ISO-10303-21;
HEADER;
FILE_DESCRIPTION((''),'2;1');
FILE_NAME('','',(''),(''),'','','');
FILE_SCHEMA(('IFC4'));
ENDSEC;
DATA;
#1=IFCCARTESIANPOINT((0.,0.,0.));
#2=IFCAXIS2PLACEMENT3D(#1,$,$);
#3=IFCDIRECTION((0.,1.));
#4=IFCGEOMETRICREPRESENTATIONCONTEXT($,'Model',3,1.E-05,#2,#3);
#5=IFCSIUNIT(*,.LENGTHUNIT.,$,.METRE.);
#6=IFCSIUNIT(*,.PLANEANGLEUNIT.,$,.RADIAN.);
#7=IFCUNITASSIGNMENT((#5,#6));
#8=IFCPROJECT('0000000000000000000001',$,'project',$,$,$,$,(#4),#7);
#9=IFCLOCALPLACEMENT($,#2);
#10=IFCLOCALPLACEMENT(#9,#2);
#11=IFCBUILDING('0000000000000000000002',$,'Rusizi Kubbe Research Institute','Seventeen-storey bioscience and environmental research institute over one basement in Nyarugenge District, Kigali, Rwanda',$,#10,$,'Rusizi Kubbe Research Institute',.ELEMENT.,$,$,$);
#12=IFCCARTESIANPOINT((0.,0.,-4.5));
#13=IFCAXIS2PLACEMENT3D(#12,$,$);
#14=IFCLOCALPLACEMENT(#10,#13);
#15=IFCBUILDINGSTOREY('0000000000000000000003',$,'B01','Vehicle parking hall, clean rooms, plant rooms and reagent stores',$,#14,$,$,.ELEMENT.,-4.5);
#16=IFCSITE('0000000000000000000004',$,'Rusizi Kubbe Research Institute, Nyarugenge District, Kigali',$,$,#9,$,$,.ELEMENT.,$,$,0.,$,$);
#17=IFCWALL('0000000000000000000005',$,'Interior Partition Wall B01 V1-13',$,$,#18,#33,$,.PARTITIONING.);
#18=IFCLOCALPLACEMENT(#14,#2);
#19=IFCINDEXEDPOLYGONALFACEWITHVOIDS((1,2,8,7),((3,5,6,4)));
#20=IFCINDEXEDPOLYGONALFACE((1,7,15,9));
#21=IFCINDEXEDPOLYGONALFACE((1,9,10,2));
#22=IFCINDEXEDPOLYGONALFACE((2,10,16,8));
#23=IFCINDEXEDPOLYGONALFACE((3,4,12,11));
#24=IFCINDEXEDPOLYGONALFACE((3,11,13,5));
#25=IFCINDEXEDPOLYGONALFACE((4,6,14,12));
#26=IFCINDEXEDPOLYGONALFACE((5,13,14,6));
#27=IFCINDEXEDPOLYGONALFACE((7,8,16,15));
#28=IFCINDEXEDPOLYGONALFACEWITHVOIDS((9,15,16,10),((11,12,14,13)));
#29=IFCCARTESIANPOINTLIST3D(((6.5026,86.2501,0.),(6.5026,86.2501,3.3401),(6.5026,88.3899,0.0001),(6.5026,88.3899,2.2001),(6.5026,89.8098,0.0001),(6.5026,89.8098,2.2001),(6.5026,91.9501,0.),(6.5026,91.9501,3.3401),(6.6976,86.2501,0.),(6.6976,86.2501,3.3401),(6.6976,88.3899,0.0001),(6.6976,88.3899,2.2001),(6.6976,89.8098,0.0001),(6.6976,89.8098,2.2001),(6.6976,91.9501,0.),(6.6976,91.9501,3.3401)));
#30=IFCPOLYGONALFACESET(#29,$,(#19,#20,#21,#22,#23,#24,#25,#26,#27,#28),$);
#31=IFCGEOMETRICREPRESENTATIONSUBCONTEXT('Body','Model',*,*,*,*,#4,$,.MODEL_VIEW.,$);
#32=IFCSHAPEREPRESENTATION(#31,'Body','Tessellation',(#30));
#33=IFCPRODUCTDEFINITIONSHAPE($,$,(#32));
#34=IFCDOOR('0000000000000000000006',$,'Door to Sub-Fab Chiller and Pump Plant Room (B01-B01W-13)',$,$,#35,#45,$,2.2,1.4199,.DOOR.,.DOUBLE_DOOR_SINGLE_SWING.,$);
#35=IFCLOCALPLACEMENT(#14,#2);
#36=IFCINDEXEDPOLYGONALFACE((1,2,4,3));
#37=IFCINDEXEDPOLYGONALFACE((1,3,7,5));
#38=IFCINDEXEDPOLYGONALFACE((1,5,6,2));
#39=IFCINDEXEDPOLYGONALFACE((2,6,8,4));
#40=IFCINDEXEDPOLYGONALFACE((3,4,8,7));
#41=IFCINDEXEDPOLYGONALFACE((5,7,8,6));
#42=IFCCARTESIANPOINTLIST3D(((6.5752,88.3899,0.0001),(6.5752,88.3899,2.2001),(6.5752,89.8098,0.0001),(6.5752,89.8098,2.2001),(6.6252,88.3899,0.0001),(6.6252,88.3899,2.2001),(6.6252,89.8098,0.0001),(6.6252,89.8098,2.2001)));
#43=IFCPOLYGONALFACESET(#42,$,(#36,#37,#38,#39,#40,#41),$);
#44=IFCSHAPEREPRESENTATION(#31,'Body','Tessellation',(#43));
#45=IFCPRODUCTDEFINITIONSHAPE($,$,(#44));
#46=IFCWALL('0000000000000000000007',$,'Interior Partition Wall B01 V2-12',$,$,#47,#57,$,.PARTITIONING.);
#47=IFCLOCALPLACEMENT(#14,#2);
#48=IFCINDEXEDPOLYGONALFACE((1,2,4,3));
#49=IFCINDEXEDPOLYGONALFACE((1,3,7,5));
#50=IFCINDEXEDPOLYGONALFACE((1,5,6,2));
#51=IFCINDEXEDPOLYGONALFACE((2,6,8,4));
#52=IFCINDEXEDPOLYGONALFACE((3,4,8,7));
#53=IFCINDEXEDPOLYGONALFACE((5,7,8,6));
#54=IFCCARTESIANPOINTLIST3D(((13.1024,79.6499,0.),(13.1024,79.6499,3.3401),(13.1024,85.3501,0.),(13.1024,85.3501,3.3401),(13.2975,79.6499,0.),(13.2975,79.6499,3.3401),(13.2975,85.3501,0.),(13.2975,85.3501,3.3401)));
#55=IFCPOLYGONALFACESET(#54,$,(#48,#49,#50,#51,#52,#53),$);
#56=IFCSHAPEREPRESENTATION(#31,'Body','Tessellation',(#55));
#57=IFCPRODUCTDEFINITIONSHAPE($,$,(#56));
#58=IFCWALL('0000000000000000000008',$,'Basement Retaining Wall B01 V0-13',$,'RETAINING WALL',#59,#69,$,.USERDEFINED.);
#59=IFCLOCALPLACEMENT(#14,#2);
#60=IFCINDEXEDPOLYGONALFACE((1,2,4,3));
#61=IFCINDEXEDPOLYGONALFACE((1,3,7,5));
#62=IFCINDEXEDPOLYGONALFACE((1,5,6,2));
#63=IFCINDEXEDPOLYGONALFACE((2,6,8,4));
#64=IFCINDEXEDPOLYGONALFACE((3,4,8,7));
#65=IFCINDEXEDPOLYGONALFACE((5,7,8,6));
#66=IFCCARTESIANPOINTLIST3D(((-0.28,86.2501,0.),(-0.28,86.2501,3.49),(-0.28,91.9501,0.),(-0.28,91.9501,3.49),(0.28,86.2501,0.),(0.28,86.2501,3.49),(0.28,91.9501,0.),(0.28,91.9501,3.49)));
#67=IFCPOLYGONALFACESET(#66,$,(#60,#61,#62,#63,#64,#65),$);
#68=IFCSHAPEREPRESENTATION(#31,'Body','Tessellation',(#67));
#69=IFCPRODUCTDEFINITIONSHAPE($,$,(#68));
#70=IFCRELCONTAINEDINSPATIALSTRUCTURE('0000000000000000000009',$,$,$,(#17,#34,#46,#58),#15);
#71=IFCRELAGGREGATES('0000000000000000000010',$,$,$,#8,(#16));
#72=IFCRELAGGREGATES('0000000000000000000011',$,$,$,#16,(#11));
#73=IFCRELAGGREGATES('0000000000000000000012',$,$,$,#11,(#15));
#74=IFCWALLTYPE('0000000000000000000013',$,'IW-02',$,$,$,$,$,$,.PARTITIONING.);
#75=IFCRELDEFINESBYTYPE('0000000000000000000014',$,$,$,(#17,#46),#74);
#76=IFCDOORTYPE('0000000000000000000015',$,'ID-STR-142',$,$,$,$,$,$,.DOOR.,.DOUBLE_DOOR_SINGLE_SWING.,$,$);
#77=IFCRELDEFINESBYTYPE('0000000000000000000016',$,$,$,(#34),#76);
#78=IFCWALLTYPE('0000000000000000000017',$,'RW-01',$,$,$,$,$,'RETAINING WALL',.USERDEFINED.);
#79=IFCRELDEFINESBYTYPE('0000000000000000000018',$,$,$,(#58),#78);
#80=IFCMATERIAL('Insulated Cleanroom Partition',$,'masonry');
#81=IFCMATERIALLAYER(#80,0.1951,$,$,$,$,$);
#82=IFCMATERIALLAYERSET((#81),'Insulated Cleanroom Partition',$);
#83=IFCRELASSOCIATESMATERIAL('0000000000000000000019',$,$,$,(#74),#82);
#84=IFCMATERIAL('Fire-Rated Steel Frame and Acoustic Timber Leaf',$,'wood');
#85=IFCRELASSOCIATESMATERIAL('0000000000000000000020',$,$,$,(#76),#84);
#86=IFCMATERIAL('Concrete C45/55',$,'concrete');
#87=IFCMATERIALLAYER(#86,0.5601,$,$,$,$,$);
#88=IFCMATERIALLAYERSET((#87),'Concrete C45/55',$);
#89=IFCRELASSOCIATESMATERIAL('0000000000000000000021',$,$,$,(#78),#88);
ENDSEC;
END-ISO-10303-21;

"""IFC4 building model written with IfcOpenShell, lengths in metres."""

from ifc_helpers import new_model, si_unit, direction, frame, frame_2d, origin, place, context, subcontext, project, spatial, rectangle, extrude, material, layer, layer_set, type_object, element, fill, save


model = new_model("IFC4")

# Units and contexts
model_context = context("Model", 3, precision=1e-05, world=origin(), true_north=direction((0.0, 1.0)))
body_context = subcontext(model_context, "Body", "Model", "MODEL_VIEW")
ifc_project = project(units=[si_unit("LENGTHUNIT", "METRE"), si_unit("PLANEANGLEUNIT", "RADIAN")], contexts=[model_context])

# Site, building, storey
site_placement = place(None, origin())
site = spatial("IfcSite", under=ifc_project, at=site_placement, Name="Rusizi Kubbe Research Institute, Nyarugenge District, Kigali", CompositionType="ELEMENT", RefElevation=0.0)
building_placement = place(site_placement, origin())
building = spatial("IfcBuilding", under=site, at=building_placement, Name="Rusizi Kubbe Research Institute", Description="Seventeen-storey bioscience and environmental research institute over one basement in Nyarugenge District, Kigali, Rwanda", LongName="Rusizi Kubbe Research Institute", CompositionType="ELEMENT")
storey_placement = place(building_placement, frame((0.0, 0.0, -4.5)))
storey = spatial("IfcBuildingStorey", under=building, at=storey_placement, Name="B01", Description="Vehicle parking hall, clean rooms, plant rooms and reagent stores", CompositionType="ELEMENT", Elevation=-4.5)

# Shared definitions
ifc_material_1 = material(Name="Insulated Cleanroom Partition", Category="masonry")
ifc_layer_1 = layer(ifc_material_1, 0.1951)
ifc_layer_set_1 = layer_set([ifc_layer_1], Name="Insulated Cleanroom Partition")
wall_type_1 = type_object("IfcWallType", Name="IW-02", PredefinedType="PARTITIONING", material=ifc_layer_set_1)

# Wall, opening, door
wall_1_placement = place(storey_placement, frame((6.6001, 86.25, 0.0), z_axis=(0.0, 0.0, 1.0), x_axis=(0.0, 1.0, 0.0)))
wall_1 = element("IfcWall", 1, at=wall_1_placement, inside=storey, type_object=wall_type_1, Name="Interior Partition Wall B01 V1-13", PredefinedType="PARTITIONING", context=body_context, shape_type="SweptSolid", body=[
    extrude(rectangle(XDim=5.7, YDim=0.1951, at=frame_2d((2.8501, 0.0))), origin(), (0.0, 0.0, 1.0), 3.3401),
])
opening_1_placement = place(wall_1_placement, frame((2.1399, 0.0, 0.0)))
opening_1 = element("IfcOpeningElement", 2, at=opening_1_placement, cuts=wall_1, PredefinedType="OPENING", context=body_context, shape_type="SweptSolid", body=[
    extrude(rectangle(XDim=1.4199, YDim=2.2, at=frame_2d((0.71, 1.1001))), frame((0.0, 0.1074, 0.0), z_axis=(0.0, -1.0, 0.0), x_axis=(1.0, 0.0, 0.0)), (0.0, 0.0, 1.0), 0.2151),
])
ifc_material_2 = material(Name="Fire-Rated Steel Frame and Acoustic Timber Leaf", Category="wood")
door_type_1 = type_object("IfcDoorType", Name="ID-STR-142", OperationType="DOUBLE_DOOR_SINGLE_SWING", PredefinedType="DOOR", material=ifc_material_2)
door_1_placement = place(opening_1_placement, origin())
door_1 = element("IfcDoor", 3, at=door_1_placement, inside=storey, type_object=door_type_1, Name="Door to Sub-Fab Chiller and Pump Plant Room (B01-B01W-13)", OperationType="DOUBLE_DOOR_SINGLE_SWING", OverallHeight=2.2, OverallWidth=1.4199, PredefinedType="DOOR", context=body_context, shape_type="SweptSolid", body=[
    extrude(rectangle(XDim=1.4199, YDim=2.2, at=frame_2d((0.71, 1.1001))), frame((0.0, 0.0249, 0.0), z_axis=(0.0, -1.0, 0.0), x_axis=(1.0, 0.0, 0.0)), (0.0, 0.0, 1.0), 0.05),
])
fill(opening_1, door_1)

# Walls
wall_2_placement = place(storey_placement, frame((13.2, 79.6499, 0.0), z_axis=(0.0, 0.0, 1.0), x_axis=(0.0, 1.0, 0.0)))
element("IfcWall", 4, at=wall_2_placement, inside=storey, type_object=wall_type_1, Name="Interior Partition Wall B01 V2-12", PredefinedType="PARTITIONING", context=body_context, shape_type="SweptSolid", body=[
    extrude(rectangle(XDim=5.7002, YDim=0.1951, at=frame_2d((2.8501, 0.0))), origin(), (0.0, 0.0, 1.0), 3.3401),
])
ifc_material_3 = material(Name="Concrete C45/55", Category="concrete")
ifc_layer_2 = layer(ifc_material_3, 0.5601)
ifc_layer_set_2 = layer_set([ifc_layer_2], Name="Concrete C45/55")
wall_type_2 = type_object("IfcWallType", Name="RW-01", ElementType="RETAINING WALL", PredefinedType="USERDEFINED", material=ifc_layer_set_2)
wall_3_placement = place(storey_placement, frame((0.0, 86.25, 0.0), z_axis=(0.0, 0.0, 1.0), x_axis=(0.0, 1.0, 0.0)))
element("IfcWall", 5, at=wall_3_placement, inside=storey, type_object=wall_type_2, Name="Basement Retaining Wall B01 V0-13", ObjectType="RETAINING WALL", PredefinedType="USERDEFINED", context=body_context, shape_type="SweptSolid", body=[
    extrude(rectangle(XDim=5.7, YDim=0.5601, at=frame_2d((2.8501, 0.0))), origin(), (0.0, 0.0, 1.0), 3.49),
])

save(model, "model.ifc")
